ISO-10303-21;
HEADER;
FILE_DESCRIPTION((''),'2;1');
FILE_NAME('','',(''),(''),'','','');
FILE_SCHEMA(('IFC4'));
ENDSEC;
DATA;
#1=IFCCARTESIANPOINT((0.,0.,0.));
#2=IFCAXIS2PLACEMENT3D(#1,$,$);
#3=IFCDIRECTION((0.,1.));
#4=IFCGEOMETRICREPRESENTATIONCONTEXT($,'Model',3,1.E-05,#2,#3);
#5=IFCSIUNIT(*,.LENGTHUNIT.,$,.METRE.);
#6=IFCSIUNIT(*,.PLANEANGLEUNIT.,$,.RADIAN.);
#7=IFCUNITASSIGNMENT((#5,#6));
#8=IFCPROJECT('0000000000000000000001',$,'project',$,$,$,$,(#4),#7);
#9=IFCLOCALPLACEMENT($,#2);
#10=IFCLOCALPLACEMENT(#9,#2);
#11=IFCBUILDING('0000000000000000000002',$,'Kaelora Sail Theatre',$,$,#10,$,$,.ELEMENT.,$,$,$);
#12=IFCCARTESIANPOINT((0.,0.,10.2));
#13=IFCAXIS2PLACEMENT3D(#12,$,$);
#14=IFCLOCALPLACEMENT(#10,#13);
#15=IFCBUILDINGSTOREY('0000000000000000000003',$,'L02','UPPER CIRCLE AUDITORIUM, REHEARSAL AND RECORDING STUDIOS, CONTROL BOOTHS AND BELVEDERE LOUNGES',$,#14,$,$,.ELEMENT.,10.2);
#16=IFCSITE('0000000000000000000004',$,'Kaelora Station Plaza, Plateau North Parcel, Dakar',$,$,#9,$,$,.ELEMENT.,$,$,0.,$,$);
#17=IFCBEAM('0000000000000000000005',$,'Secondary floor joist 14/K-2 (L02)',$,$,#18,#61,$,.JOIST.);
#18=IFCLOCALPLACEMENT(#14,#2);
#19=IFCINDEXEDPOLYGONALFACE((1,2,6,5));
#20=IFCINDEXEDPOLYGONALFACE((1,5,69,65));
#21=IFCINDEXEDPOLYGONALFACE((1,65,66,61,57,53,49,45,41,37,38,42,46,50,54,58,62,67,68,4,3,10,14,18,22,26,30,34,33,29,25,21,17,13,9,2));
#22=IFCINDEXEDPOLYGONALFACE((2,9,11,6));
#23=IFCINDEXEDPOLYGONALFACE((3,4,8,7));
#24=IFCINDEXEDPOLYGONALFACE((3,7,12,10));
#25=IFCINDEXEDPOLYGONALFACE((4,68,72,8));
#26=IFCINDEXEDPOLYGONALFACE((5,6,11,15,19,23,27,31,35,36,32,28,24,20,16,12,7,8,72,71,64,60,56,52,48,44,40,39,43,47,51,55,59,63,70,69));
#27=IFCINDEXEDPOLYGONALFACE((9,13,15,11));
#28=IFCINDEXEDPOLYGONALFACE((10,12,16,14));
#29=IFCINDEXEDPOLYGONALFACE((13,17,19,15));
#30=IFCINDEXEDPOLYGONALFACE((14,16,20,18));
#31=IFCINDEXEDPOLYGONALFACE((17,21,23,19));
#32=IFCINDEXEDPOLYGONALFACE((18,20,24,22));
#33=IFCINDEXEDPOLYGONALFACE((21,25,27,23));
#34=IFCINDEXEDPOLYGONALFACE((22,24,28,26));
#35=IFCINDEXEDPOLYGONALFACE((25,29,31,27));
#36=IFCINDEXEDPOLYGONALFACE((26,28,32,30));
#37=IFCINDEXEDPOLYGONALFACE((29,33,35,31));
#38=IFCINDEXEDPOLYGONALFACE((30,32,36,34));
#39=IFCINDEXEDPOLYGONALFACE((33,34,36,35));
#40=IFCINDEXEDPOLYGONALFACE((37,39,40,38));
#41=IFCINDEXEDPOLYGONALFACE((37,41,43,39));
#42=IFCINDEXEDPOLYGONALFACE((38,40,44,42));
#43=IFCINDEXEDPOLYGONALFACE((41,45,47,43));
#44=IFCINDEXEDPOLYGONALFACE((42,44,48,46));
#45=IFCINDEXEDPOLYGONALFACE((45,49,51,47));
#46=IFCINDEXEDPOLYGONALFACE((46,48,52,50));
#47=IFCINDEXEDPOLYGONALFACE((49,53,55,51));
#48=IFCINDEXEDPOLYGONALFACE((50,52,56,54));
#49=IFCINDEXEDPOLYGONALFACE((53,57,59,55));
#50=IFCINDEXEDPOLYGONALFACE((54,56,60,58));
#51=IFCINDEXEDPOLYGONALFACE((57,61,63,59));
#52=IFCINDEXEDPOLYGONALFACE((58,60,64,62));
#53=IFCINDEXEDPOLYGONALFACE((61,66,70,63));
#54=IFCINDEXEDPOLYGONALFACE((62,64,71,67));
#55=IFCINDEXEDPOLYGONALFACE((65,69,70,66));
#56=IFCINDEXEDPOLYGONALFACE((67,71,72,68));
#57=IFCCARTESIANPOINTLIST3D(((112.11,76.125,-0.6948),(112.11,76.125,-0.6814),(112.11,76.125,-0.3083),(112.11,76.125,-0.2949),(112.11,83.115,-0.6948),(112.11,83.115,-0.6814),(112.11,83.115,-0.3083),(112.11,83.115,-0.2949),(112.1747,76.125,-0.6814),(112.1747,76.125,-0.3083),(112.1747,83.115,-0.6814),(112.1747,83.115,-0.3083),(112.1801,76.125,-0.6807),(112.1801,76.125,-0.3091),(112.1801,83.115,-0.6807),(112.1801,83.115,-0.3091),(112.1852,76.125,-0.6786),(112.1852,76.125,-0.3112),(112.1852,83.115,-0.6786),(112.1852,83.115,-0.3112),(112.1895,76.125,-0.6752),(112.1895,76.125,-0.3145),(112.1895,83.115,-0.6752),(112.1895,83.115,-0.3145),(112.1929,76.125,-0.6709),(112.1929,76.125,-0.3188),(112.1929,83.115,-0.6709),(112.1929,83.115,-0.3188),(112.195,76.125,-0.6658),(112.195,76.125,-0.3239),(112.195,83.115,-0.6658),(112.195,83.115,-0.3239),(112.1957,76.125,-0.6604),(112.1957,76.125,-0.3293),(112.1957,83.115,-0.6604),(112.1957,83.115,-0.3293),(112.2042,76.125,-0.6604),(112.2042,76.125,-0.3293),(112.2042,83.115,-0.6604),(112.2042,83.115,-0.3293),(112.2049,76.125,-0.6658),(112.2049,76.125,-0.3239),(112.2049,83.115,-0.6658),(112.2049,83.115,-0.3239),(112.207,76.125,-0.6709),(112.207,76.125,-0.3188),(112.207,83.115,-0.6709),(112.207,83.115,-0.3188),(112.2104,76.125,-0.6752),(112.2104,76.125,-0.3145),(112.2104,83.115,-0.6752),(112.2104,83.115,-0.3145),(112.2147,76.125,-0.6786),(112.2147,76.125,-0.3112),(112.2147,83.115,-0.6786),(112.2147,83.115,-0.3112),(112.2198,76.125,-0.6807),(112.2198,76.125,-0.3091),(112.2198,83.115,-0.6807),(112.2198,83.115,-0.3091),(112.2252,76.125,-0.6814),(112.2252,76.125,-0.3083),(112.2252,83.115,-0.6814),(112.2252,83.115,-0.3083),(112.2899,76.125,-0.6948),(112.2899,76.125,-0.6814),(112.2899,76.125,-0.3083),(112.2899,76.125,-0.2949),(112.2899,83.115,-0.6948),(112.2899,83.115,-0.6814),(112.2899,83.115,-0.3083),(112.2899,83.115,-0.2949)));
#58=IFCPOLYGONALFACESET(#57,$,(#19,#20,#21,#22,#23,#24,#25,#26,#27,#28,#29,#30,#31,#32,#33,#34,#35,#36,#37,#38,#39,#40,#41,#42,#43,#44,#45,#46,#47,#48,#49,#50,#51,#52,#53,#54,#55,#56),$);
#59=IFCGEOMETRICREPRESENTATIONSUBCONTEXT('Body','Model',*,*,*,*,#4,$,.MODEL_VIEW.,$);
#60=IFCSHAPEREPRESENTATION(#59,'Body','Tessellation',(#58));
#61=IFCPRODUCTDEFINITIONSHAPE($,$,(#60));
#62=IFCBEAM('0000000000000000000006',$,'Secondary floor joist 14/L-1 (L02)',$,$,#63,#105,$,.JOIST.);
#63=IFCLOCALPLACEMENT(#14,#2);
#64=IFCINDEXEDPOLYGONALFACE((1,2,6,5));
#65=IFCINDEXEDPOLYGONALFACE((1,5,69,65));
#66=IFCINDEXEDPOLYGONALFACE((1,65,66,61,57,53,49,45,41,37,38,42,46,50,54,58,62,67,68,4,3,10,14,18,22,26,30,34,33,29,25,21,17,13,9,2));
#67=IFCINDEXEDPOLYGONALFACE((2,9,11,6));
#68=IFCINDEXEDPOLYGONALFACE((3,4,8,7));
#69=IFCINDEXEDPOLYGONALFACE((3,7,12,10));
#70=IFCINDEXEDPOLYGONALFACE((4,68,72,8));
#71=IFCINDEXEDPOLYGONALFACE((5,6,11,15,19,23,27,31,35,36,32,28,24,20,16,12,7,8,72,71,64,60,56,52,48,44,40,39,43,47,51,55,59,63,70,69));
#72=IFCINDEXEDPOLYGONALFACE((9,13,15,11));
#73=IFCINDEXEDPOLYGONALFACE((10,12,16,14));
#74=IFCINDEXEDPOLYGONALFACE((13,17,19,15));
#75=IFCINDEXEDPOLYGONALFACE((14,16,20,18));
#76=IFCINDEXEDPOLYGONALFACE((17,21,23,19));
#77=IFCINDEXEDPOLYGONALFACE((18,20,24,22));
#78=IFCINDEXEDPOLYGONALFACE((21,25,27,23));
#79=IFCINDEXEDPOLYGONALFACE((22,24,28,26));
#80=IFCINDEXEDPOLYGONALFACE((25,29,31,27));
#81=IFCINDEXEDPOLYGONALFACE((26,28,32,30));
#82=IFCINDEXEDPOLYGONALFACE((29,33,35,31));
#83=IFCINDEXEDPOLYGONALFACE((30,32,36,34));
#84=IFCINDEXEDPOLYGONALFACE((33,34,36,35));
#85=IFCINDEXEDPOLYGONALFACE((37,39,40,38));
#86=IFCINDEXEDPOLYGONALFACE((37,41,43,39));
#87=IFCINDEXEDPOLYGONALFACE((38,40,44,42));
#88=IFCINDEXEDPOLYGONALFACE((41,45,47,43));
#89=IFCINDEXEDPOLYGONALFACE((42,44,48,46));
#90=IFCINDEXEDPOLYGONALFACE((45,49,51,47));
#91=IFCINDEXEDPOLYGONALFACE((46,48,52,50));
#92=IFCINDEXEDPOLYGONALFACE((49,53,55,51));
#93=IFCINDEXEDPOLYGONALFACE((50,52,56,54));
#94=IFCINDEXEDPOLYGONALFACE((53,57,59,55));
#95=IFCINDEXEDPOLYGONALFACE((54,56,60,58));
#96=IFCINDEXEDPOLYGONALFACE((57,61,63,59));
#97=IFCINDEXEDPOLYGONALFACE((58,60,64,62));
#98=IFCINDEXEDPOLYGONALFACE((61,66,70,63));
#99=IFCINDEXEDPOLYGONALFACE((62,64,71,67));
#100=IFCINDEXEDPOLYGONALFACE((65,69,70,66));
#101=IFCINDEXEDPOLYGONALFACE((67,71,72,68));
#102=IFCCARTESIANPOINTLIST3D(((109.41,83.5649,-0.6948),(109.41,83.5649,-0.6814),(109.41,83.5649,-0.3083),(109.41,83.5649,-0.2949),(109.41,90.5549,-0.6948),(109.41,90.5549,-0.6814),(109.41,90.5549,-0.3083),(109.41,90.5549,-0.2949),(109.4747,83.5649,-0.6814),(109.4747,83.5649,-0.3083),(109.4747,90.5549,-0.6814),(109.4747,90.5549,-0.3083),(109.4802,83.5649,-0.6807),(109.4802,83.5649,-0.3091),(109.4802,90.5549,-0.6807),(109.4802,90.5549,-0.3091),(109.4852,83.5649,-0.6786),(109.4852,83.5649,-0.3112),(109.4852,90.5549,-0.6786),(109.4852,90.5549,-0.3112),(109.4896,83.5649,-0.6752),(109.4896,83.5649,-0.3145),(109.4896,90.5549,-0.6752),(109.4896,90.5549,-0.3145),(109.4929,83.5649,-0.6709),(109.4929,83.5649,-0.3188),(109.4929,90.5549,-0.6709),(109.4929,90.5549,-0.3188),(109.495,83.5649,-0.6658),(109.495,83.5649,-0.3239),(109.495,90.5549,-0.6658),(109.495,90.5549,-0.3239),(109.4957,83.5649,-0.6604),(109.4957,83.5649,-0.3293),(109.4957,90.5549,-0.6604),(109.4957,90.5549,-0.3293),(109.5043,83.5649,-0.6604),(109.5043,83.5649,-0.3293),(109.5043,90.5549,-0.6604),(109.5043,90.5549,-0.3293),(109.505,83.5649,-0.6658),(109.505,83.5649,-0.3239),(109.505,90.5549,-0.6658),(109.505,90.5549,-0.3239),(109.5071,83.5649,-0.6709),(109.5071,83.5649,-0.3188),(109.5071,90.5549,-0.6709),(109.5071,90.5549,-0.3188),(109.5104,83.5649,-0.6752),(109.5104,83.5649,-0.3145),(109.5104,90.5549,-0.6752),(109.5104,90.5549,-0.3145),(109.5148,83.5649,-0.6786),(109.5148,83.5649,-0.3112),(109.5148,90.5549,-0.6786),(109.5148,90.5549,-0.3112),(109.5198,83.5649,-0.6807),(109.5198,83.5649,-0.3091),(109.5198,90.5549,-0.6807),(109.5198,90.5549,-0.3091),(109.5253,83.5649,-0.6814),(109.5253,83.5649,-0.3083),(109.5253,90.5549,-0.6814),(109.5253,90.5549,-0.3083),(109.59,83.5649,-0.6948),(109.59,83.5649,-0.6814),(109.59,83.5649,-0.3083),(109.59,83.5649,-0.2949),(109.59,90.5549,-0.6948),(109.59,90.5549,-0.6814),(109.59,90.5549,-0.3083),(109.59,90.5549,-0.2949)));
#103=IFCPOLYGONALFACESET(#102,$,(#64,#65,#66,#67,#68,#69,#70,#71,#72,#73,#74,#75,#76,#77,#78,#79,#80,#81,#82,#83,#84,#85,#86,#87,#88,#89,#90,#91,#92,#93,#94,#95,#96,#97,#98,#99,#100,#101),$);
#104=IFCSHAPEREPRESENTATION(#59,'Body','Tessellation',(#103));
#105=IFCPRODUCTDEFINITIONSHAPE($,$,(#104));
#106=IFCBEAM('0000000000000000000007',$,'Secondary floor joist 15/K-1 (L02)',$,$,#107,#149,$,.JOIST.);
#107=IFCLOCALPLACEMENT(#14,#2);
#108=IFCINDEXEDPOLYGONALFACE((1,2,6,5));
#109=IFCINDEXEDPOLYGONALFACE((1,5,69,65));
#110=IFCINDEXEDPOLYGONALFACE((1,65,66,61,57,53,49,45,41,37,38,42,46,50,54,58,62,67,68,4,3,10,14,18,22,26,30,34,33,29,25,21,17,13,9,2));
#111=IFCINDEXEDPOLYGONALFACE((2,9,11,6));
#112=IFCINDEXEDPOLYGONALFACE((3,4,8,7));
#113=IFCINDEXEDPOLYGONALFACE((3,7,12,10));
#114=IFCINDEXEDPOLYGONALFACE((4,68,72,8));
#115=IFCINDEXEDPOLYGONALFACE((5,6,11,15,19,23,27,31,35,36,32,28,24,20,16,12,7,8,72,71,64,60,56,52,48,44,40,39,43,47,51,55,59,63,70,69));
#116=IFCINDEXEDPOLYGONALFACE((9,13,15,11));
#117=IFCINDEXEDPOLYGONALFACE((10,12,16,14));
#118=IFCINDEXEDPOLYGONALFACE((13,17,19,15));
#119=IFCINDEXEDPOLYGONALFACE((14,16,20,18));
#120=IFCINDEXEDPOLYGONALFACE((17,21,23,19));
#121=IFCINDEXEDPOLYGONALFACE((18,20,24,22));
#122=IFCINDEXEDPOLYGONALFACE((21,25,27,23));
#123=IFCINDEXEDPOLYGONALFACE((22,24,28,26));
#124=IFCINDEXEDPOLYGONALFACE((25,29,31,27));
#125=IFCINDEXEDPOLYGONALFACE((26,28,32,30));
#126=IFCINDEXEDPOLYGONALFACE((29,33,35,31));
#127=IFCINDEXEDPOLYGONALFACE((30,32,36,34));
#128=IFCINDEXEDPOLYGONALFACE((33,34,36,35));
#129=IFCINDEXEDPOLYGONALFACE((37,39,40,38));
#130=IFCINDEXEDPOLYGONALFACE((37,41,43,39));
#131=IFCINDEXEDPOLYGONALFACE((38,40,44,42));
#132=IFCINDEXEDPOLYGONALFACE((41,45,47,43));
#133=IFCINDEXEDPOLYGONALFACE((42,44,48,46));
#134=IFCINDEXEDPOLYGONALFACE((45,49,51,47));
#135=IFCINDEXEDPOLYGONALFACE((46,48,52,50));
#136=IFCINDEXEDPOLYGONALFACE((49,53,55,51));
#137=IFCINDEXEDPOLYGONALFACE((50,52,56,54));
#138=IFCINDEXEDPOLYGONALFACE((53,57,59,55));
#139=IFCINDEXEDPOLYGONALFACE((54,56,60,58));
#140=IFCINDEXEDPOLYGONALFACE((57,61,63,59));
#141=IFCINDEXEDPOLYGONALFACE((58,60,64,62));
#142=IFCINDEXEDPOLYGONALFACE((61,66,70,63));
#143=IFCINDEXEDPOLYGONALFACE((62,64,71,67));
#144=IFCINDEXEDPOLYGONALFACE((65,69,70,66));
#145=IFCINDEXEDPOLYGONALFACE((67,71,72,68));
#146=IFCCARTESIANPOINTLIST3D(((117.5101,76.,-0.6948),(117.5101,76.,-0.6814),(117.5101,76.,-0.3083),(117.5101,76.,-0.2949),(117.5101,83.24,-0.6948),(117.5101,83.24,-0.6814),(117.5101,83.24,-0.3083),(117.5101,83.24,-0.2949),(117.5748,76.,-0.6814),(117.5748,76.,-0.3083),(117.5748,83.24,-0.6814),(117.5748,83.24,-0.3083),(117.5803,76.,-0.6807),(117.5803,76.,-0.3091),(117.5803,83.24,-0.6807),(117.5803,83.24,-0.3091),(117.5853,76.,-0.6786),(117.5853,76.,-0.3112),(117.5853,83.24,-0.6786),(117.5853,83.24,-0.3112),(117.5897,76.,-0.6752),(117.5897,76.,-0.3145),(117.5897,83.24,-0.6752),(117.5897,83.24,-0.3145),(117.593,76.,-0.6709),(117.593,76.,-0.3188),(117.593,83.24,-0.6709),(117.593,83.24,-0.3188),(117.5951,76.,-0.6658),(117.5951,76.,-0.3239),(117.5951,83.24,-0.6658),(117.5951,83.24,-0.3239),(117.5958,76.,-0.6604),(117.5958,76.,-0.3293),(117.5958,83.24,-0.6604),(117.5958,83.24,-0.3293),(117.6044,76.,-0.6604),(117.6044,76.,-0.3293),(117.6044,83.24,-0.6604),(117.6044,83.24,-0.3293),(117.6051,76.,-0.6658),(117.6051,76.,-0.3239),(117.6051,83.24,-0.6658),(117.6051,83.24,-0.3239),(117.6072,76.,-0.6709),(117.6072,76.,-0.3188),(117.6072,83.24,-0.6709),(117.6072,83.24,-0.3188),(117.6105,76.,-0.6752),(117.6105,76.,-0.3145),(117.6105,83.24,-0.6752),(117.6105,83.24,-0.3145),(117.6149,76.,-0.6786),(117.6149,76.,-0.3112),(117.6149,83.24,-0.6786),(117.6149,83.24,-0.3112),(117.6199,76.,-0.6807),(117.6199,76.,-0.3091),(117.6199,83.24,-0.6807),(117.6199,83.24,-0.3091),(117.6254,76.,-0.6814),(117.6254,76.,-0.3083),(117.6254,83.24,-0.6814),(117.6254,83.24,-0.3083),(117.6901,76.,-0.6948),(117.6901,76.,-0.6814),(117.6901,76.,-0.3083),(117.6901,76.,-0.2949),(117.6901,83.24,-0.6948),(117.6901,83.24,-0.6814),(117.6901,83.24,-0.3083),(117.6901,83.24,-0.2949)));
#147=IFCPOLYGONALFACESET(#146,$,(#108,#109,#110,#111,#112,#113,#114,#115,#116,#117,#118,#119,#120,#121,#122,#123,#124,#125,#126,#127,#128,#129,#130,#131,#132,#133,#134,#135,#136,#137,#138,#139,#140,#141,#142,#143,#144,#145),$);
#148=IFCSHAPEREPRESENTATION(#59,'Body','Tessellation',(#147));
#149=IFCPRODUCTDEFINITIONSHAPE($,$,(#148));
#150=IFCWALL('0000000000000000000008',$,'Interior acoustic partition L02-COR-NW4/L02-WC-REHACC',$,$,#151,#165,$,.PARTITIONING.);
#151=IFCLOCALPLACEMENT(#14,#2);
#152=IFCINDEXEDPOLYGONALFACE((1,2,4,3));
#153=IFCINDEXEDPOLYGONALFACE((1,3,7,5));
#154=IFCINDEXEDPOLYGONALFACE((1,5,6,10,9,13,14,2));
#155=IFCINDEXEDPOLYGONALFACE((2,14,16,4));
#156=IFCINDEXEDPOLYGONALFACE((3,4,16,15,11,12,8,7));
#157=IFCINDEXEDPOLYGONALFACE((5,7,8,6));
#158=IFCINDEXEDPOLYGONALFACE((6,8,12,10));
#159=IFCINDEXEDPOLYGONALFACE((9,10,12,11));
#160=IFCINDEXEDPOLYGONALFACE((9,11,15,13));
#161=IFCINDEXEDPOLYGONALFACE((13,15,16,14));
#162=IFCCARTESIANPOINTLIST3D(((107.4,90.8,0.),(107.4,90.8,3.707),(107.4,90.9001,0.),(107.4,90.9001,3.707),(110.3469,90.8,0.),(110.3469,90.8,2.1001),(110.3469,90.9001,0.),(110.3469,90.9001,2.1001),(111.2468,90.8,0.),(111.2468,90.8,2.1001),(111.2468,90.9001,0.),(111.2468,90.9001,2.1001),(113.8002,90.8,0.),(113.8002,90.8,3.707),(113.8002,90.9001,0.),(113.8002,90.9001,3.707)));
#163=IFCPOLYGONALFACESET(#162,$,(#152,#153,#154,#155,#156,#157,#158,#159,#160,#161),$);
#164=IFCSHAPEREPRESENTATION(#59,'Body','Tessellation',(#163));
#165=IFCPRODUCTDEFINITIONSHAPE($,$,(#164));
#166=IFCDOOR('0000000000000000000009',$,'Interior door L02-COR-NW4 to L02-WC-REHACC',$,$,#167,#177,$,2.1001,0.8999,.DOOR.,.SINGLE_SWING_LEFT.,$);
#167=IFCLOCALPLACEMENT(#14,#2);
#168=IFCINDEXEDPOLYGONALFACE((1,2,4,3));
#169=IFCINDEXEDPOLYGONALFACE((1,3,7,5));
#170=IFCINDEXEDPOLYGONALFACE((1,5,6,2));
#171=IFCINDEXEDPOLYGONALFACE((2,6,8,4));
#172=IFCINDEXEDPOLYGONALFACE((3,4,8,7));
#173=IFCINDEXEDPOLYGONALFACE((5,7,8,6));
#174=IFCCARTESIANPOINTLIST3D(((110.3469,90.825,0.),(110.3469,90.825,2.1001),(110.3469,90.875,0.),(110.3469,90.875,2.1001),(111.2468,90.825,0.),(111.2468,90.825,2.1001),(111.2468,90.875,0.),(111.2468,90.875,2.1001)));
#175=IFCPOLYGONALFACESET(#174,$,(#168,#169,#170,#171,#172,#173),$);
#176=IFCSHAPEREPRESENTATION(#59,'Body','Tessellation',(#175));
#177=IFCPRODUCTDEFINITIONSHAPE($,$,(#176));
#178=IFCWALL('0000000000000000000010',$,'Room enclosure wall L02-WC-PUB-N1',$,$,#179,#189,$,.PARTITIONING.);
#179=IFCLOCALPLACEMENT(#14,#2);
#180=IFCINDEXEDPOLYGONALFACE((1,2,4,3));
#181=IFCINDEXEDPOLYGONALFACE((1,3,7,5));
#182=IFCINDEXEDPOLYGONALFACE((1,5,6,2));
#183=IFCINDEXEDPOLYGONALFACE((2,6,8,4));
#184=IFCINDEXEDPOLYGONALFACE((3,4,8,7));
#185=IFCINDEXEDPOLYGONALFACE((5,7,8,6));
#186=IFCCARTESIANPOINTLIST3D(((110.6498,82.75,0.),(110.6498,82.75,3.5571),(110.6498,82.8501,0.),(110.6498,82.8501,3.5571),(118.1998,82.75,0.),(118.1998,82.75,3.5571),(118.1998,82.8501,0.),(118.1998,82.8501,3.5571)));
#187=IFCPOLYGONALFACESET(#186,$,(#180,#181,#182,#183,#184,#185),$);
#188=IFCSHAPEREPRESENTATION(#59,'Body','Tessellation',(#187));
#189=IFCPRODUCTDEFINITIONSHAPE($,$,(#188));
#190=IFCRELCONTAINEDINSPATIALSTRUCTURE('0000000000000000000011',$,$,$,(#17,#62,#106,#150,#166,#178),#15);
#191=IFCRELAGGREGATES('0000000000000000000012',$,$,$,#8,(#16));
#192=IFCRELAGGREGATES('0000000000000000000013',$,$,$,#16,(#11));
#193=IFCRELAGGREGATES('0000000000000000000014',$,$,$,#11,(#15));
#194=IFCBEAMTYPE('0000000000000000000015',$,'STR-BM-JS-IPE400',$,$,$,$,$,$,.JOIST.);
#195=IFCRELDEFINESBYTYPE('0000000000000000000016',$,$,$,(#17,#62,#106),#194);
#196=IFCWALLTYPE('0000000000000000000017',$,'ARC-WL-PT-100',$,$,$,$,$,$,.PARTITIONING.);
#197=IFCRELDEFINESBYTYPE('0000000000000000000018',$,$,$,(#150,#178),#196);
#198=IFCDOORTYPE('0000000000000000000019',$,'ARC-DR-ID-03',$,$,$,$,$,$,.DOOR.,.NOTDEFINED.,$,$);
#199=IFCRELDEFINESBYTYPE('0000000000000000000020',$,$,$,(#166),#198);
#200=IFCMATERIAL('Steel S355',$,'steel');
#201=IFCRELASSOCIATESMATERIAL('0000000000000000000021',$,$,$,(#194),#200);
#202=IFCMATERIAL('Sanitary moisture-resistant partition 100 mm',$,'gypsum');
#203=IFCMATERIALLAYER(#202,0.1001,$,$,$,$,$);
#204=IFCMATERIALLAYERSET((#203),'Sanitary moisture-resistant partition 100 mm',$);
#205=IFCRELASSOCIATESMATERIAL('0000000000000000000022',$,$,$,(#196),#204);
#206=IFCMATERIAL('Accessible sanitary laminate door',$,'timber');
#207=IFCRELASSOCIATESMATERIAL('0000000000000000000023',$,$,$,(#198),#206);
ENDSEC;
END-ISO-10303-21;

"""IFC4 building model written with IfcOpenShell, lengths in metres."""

from ifc_helpers import new_model, si_unit, direction, frame, frame_2d, origin, origin_2d, place, context, subcontext, project, spatial, rectangle, i_section, extrude, material, layer, layer_set, material_profile, profile_set, type_object, element, fill, save


model = new_model("IFC4")

# Units and contexts
model_context = context("Model", 3, precision=1e-05, world=origin(), true_north=direction((0.0, 1.0)))
body_context = subcontext(model_context, "Body", "Model", "MODEL_VIEW")
ifc_project = project(units=[si_unit("LENGTHUNIT", "METRE"), si_unit("PLANEANGLEUNIT", "RADIAN")], contexts=[model_context])

# Site, building, storey
site_placement = place(None, origin())
site = spatial("IfcSite", under=ifc_project, at=site_placement, Name="Kaelora Station Plaza, Plateau North Parcel, Dakar", CompositionType="ELEMENT", RefElevation=0.0)
building_placement = place(site_placement, origin())
building = spatial("IfcBuilding", under=site, at=building_placement, Name="Kaelora Sail Theatre", CompositionType="ELEMENT")
storey_placement = place(building_placement, frame((0.0, 0.0, 10.2)))
storey = spatial("IfcBuildingStorey", under=building, at=storey_placement, Name="L02", Description="UPPER CIRCLE AUDITORIUM, REHEARSAL AND RECORDING STUDIOS, CONTROL BOOTHS AND BELVEDERE LOUNGES", CompositionType="ELEMENT", Elevation=10.2)

# Beams
ifc_material_1 = material(Name="Steel S355", Category="steel")
ifc_material_profile_1 = material_profile(ifc_material_1, i_section(OverallWidth=0.1799, OverallDepth=0.3999, WebThickness=0.0085, FlangeThickness=0.0134, FilletRadius=0.021, at=origin_2d()), Name="IPE 400")
ifc_profile_set_1 = profile_set([ifc_material_profile_1], Name="Steel S355")
beam_type_1 = type_object("IfcBeamType", Name="STR-BM-JS-IPE400", PredefinedType="JOIST", material=ifc_profile_set_1)
for number, where, z_axis, x_axis, name in (
    (1, (112.2, 76.125, -0.4949), (0.0, 1.0, 0.0), (-1.0, 0.0, 0.0), "Secondary floor joist 14/K-2 (L02)"),
    (2, (109.5, 83.5649, -0.4949), (0.0, 1.0, 0.0), (-1.0, 0.0, 0.0), "Secondary floor joist 14/L-1 (L02)"),
):
    element("IfcBeam", number, at=place(storey_placement, frame(where, z_axis=z_axis, x_axis=x_axis)), inside=storey, type_object=beam_type_1, Name=name, PredefinedType="JOIST", context=body_context, shape_type="SweptSolid", body=[
        extrude(i_section(OverallWidth=0.1799, OverallDepth=0.3999, WebThickness=0.0085, FlangeThickness=0.0134, FilletRadius=0.021, at=origin_2d()), origin(), (0.0, 0.0, 1.0), 6.99),
    ])
beam_1_placement = place(storey_placement, frame((117.6001, 76.0, -0.4949), z_axis=(0.0, 1.0, 0.0), x_axis=(-1.0, 0.0, 0.0)))
element("IfcBeam", 3, at=beam_1_placement, inside=storey, type_object=beam_type_1, Name="Secondary floor joist 15/K-1 (L02)", PredefinedType="JOIST", context=body_context, shape_type="SweptSolid", body=[
    extrude(i_section(OverallWidth=0.1799, OverallDepth=0.3999, WebThickness=0.0085, FlangeThickness=0.0134, FilletRadius=0.021, at=origin_2d()), origin(), (0.0, 0.0, 1.0), 7.24),
])

# Wall, opening, door
ifc_material_2 = material(Name="Sanitary moisture-resistant partition 100 mm", Category="gypsum")
ifc_layer_1 = layer(ifc_material_2, 0.1001)
ifc_layer_set_1 = layer_set([ifc_layer_1], Name="Sanitary moisture-resistant partition 100 mm")
wall_type_1 = type_object("IfcWallType", Name="ARC-WL-PT-100", PredefinedType="PARTITIONING", material=ifc_layer_set_1)
wall_1_placement = place(storey_placement, frame((107.3999, 90.8501, 0.0), z_axis=(0.0, 0.0, 1.0), x_axis=(1.0, 0.0, 0.0)))
wall_1 = element("IfcWall", 4, at=wall_1_placement, inside=storey, type_object=wall_type_1, Name="Interior acoustic partition L02-COR-NW4/L02-WC-REHACC", PredefinedType="PARTITIONING", context=body_context, shape_type="SweptSolid", body=[
    extrude(rectangle(XDim=6.4001, YDim=0.1001, at=frame_2d((3.2002, 0.0))), origin(), (0.0, 0.0, 1.0), 3.707),
])
opening_1_placement = place(wall_1_placement, frame((2.947, 0.0, 0.0)))
opening_1 = element("IfcOpeningElement", 5, at=opening_1_placement, cuts=wall_1, PredefinedType="OPENING", context=body_context, shape_type="SweptSolid", body=[
    extrude(rectangle(XDim=0.8999, YDim=2.1001, at=frame_2d((0.45, 1.05))), frame((0.0, 0.06, 0.0), z_axis=(0.0, -1.0, 0.0), x_axis=(1.0, 0.0, 0.0)), (0.0, 0.0, 1.0), 0.1201),
])
ifc_material_3 = material(Name="Accessible sanitary laminate door", Category="timber")
door_type_1 = type_object("IfcDoorType", Name="ARC-DR-ID-03", OperationType="NOTDEFINED", PredefinedType="DOOR", material=ifc_material_3)
door_1_placement = place(opening_1_placement, origin())
door_1 = element("IfcDoor", 6, at=door_1_placement, inside=storey, type_object=door_type_1, Name="Interior door L02-COR-NW4 to L02-WC-REHACC", OperationType="SINGLE_SWING_LEFT", OverallHeight=2.1001, OverallWidth=0.8999, PredefinedType="DOOR", context=body_context, shape_type="SweptSolid", body=[
    extrude(rectangle(XDim=0.8999, YDim=2.1001, at=frame_2d((0.45, 1.05))), frame((0.0, 0.0249, 0.0), z_axis=(0.0, -1.0, 0.0), x_axis=(1.0, 0.0, 0.0)), (0.0, 0.0, 1.0), 0.05),
])
fill(opening_1, door_1)

# Wall
wall_2_placement = place(storey_placement, frame((110.6499, 82.8, 0.0), z_axis=(0.0, 0.0, 1.0), x_axis=(1.0, 0.0, 0.0)))
element("IfcWall", 7, at=wall_2_placement, inside=storey, type_object=wall_type_1, Name="Room enclosure wall L02-WC-PUB-N1", PredefinedType="PARTITIONING", context=body_context, shape_type="SweptSolid", body=[
    extrude(rectangle(XDim=7.55, YDim=0.1001, at=frame_2d((3.7749, 0.0))), origin(), (0.0, 0.0, 1.0), 3.5571),
])

save(model, "model.ifc")
